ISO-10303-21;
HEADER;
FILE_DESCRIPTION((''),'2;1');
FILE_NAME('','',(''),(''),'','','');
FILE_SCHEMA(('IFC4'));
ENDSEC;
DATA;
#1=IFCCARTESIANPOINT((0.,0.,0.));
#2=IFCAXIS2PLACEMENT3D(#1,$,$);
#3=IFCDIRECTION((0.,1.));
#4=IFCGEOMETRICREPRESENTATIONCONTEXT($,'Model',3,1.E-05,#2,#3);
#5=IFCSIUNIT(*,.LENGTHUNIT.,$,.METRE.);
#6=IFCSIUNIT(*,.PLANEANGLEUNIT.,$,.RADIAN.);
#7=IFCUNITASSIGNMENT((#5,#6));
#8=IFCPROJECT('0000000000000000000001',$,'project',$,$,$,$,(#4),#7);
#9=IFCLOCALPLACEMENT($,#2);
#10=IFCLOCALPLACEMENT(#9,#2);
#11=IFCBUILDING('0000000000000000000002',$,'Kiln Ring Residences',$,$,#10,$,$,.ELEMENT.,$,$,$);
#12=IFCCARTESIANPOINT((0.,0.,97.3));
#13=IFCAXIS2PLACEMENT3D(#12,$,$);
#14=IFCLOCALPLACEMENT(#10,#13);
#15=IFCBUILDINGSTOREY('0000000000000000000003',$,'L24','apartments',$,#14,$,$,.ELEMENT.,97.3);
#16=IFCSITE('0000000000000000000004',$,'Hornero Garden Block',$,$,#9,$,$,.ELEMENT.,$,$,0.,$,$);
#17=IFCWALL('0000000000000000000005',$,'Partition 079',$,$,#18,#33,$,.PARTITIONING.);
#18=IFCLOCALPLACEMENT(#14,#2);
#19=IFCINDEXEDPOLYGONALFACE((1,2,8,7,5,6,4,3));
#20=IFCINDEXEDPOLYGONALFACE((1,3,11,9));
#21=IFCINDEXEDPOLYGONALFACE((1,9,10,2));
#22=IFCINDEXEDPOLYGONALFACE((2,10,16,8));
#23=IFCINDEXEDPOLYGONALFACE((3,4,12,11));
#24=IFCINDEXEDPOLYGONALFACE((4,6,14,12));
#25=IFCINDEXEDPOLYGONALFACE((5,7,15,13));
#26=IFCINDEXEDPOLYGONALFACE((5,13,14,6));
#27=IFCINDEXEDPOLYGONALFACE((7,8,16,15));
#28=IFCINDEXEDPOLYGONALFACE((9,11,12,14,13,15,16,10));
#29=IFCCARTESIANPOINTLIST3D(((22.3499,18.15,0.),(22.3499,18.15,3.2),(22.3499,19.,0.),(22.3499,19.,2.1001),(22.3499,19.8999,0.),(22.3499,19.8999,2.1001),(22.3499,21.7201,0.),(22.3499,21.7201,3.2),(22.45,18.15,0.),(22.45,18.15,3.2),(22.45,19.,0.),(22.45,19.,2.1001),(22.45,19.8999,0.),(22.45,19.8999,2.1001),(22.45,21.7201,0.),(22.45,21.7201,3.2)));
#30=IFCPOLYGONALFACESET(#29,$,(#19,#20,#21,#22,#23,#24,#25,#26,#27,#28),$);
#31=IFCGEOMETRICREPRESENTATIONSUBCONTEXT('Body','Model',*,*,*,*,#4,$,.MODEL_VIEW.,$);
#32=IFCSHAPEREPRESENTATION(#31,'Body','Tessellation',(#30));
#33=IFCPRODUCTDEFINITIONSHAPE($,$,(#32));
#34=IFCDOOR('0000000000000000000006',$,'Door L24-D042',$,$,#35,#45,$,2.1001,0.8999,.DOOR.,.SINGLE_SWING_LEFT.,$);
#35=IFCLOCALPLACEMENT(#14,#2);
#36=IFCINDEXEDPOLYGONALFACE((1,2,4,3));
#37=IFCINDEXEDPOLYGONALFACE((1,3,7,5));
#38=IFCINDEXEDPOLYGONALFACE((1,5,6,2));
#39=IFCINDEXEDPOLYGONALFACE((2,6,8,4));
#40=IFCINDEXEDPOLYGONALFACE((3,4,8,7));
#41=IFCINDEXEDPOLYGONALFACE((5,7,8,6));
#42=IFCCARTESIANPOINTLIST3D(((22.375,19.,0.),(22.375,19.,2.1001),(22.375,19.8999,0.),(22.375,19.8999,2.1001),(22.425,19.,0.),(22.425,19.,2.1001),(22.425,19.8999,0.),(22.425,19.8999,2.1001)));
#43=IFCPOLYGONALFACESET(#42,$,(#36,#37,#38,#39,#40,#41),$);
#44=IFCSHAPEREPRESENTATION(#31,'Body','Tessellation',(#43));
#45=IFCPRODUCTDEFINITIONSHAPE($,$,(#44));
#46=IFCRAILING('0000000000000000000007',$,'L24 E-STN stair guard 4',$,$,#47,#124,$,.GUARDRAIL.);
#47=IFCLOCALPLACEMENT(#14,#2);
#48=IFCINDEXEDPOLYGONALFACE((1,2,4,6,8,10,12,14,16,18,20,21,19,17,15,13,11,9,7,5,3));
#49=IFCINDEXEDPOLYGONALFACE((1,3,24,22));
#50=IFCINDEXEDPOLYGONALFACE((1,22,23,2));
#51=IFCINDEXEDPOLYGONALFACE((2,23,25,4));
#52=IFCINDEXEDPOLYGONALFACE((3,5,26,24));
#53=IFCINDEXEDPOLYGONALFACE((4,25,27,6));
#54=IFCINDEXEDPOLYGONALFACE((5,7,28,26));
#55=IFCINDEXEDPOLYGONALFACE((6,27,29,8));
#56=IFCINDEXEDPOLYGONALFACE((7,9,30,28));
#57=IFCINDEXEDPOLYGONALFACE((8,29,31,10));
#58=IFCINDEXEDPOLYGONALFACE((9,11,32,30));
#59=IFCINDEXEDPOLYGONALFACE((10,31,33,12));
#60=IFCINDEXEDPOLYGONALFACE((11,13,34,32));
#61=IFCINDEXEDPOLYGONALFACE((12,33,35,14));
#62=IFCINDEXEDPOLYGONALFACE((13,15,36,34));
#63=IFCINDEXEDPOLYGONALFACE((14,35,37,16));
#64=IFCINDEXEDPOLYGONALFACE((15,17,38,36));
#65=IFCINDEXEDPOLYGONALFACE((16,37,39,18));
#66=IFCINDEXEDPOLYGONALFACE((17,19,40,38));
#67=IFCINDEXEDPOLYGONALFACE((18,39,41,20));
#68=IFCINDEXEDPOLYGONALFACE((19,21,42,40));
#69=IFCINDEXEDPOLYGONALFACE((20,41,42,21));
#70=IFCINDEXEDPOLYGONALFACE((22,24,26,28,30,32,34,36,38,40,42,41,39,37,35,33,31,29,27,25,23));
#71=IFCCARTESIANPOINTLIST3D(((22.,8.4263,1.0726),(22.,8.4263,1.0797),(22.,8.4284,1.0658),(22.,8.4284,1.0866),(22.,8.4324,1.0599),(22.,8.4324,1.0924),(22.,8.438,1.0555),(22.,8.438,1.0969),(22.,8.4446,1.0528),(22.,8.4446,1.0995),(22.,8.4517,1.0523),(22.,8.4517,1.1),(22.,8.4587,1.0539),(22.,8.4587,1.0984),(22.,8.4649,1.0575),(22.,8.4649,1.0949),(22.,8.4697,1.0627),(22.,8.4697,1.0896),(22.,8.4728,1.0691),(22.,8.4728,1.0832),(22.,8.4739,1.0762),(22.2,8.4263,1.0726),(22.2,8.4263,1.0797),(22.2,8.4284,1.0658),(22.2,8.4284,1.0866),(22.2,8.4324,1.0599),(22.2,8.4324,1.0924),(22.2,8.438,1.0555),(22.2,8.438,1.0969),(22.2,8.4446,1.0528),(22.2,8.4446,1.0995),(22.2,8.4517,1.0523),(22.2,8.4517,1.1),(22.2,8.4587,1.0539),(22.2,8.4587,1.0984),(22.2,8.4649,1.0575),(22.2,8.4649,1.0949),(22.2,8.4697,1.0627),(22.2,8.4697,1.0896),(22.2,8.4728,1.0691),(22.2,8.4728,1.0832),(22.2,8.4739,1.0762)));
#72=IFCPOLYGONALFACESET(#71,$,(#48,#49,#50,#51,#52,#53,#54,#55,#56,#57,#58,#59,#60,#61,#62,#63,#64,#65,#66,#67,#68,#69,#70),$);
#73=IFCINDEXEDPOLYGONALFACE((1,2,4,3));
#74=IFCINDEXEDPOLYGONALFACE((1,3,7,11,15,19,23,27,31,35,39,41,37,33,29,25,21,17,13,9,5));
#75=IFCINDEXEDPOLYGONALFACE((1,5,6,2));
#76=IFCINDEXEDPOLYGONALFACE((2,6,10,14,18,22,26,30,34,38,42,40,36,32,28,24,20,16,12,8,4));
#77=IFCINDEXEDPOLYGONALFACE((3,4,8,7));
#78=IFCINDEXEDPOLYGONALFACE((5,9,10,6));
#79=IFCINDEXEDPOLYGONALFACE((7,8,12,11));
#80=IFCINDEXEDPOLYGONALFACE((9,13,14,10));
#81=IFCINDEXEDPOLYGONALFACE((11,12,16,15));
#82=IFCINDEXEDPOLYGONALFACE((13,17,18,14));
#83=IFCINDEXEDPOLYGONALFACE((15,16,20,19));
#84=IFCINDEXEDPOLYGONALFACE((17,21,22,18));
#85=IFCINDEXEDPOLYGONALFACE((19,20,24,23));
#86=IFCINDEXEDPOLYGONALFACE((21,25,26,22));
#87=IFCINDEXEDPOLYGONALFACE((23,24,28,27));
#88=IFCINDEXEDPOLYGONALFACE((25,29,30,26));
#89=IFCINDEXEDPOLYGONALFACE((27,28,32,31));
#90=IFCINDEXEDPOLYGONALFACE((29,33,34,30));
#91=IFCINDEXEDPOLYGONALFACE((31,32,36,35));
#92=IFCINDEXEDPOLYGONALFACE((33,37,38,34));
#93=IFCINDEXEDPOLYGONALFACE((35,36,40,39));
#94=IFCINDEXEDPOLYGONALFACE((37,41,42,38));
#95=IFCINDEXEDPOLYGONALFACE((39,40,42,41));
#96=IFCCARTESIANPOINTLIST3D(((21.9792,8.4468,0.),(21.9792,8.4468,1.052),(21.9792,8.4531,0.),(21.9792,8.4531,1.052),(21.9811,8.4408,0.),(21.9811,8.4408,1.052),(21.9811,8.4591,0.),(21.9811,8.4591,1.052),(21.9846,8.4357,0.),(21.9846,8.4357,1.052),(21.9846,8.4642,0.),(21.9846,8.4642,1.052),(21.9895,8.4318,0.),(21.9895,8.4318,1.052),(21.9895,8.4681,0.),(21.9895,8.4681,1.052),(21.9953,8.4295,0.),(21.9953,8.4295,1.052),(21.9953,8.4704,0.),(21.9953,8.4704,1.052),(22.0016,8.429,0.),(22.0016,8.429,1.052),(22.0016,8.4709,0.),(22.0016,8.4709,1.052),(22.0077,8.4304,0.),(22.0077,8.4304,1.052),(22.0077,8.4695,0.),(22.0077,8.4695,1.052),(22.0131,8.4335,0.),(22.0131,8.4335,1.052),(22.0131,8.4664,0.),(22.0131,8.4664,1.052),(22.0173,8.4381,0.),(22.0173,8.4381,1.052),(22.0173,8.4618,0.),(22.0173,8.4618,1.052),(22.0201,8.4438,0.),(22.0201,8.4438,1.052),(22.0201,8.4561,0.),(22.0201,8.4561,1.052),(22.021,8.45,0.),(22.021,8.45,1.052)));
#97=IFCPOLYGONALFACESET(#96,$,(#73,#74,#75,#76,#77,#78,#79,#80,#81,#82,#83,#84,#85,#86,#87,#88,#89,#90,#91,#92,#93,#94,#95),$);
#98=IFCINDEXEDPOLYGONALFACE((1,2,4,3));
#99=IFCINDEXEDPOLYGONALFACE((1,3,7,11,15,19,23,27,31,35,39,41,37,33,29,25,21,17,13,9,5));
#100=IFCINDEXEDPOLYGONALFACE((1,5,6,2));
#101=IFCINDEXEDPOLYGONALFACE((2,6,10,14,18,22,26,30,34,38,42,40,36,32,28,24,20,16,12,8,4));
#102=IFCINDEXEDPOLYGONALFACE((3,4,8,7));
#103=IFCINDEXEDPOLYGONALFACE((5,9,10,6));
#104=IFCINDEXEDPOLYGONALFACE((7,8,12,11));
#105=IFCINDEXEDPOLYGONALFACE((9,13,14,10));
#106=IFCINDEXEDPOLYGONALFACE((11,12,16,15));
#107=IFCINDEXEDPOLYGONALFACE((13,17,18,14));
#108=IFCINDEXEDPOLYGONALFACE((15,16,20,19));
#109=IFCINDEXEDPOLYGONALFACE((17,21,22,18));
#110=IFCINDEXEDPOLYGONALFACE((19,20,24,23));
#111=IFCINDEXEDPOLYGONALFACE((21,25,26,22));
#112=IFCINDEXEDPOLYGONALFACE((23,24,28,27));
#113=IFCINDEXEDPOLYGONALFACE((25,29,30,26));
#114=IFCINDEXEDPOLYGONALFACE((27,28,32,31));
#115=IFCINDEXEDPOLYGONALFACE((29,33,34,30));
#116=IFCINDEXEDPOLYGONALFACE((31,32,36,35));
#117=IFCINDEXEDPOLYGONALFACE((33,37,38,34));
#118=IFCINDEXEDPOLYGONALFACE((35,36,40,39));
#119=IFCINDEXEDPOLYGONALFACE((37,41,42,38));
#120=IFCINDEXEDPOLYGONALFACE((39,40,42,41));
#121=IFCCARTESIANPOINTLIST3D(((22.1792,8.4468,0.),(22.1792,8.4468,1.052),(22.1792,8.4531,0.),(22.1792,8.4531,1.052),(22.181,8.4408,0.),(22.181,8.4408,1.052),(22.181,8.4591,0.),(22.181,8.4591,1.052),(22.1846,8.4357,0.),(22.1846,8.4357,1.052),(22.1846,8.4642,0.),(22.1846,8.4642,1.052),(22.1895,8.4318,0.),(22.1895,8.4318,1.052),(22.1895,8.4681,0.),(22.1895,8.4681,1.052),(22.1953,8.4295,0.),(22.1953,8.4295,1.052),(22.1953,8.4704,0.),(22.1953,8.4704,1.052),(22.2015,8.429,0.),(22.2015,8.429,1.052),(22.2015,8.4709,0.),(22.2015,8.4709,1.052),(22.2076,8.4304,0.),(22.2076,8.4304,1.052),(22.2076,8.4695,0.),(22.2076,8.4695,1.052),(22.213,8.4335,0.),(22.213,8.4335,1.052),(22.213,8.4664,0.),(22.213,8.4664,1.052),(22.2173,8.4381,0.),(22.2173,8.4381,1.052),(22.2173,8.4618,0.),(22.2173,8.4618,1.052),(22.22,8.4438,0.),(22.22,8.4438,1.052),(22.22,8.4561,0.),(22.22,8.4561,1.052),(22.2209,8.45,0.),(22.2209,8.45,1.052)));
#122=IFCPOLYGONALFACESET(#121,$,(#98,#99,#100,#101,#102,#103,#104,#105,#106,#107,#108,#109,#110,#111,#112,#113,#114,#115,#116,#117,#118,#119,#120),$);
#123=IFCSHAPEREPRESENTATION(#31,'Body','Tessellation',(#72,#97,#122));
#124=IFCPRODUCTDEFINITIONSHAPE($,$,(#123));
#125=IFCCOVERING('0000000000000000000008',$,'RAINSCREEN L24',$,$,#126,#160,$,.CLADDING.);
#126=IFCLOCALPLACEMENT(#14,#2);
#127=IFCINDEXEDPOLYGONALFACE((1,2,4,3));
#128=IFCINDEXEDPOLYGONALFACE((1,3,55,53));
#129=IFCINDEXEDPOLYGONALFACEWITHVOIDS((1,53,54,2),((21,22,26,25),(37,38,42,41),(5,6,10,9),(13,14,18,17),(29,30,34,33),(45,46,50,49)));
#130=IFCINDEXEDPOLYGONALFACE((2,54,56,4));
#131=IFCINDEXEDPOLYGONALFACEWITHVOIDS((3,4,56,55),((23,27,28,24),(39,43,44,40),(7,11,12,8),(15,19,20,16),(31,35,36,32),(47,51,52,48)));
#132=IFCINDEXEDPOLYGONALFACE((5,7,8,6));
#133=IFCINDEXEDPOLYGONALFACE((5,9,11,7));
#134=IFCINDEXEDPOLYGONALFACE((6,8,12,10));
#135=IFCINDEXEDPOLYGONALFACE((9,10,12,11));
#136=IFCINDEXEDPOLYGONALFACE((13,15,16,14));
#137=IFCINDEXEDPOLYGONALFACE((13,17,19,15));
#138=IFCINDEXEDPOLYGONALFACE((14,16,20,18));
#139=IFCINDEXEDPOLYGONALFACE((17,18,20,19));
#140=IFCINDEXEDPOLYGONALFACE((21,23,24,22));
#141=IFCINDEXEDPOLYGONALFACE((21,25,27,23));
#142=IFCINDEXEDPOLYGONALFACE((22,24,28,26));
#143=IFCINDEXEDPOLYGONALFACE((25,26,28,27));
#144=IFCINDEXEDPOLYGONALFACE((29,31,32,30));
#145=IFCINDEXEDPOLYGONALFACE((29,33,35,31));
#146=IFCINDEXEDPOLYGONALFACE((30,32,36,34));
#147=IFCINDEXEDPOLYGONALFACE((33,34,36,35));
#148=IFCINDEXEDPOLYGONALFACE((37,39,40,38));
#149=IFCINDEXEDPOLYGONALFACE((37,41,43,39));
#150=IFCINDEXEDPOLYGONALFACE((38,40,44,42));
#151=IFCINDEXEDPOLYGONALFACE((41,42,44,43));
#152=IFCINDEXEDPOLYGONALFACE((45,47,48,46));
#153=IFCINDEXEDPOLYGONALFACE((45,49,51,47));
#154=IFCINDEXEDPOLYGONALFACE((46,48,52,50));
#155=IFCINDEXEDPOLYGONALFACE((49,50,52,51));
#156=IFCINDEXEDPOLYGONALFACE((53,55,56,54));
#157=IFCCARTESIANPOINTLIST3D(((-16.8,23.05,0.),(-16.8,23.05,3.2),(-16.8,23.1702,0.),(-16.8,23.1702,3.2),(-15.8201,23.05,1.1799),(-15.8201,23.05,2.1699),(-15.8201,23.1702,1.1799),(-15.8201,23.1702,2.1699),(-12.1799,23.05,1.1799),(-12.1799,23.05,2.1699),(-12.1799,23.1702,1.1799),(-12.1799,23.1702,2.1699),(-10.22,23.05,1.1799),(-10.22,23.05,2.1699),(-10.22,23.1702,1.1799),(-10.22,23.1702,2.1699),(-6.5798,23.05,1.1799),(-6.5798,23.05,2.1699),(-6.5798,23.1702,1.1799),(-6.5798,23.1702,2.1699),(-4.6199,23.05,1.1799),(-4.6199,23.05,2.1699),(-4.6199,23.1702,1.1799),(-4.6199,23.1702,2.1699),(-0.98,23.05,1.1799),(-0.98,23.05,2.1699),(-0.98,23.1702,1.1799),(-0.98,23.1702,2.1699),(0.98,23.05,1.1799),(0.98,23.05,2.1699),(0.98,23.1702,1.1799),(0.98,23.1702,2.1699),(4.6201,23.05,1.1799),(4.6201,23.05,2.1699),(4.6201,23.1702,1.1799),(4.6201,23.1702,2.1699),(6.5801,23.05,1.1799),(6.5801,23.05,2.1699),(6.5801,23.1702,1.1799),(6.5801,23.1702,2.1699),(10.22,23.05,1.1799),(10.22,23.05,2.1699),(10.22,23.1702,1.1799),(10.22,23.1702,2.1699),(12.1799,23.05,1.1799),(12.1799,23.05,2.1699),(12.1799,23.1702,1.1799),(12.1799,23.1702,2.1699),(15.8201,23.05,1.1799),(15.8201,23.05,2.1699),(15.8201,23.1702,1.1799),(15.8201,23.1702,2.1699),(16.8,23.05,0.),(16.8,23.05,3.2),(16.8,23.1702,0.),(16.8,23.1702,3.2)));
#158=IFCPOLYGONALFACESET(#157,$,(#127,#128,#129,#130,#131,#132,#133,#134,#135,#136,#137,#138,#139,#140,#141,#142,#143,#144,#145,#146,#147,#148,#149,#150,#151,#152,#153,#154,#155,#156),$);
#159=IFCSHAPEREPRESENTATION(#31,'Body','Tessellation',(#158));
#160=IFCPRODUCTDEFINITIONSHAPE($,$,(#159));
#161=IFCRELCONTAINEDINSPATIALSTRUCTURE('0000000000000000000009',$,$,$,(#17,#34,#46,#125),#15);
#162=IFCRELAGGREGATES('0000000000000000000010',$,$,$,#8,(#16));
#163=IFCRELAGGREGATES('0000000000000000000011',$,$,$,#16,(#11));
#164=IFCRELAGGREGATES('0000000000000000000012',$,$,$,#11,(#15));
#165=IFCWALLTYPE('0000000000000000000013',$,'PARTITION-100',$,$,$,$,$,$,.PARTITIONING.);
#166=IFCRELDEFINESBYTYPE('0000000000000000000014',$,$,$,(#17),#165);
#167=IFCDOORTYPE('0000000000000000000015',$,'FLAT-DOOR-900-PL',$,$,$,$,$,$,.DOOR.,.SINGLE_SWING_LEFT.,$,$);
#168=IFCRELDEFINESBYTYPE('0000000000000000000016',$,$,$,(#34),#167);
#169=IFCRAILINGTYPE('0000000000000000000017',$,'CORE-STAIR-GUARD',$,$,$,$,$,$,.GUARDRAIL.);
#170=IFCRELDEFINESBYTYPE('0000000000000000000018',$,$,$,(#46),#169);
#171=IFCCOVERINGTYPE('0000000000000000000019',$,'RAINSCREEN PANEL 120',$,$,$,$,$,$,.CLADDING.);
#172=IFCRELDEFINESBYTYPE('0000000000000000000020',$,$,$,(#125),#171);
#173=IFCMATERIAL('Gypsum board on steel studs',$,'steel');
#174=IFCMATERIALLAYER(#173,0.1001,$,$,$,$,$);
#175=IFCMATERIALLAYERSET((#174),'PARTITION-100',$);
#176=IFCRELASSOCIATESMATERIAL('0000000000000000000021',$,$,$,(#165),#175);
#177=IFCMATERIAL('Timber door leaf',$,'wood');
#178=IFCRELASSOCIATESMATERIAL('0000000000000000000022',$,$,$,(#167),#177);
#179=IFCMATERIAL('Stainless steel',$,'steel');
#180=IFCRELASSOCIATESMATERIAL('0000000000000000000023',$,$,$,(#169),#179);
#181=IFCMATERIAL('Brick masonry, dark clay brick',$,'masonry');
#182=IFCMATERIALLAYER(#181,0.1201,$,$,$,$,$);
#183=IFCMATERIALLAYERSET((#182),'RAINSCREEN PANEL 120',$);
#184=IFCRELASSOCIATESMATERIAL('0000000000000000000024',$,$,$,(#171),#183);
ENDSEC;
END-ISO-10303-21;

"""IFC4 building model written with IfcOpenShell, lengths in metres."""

from ifc_helpers import new_model, si_unit, direction, frame, frame_2d, origin, origin_2d, place, context, subcontext, project, spatial, polyline, rectangle, circle, outline, extrude, material, layer, layer_set, type_object, element, fill, save


model = new_model("IFC4")

# Units and contexts
model_context = context("Model", 3, precision=1e-05, world=origin(), true_north=direction((0.0, 1.0)))
body_context = subcontext(model_context, "Body", "Model", "MODEL_VIEW")
ifc_project = project(units=[si_unit("LENGTHUNIT", "METRE"), si_unit("PLANEANGLEUNIT", "RADIAN")], contexts=[model_context])

# Site, building, storey
site_placement = place(None, origin())
site = spatial("IfcSite", under=ifc_project, at=site_placement, Name="Hornero Garden Block", CompositionType="ELEMENT", RefElevation=0.0)
building_placement = place(site_placement, origin())
building = spatial("IfcBuilding", under=site, at=building_placement, Name="Kiln Ring Residences", CompositionType="ELEMENT")
storey_placement = place(building_placement, frame((0.0, 0.0, 97.3)))
storey = spatial("IfcBuildingStorey", under=building, at=storey_placement, Name="L24", Description="apartments", CompositionType="ELEMENT", Elevation=97.3)

# Shared definitions
ifc_material_1 = material(Name="Gypsum board on steel studs", Category="steel")
ifc_layer_1 = layer(ifc_material_1, 0.1001)
ifc_layer_set_1 = layer_set([ifc_layer_1], Name="PARTITION-100")
wall_type_1 = type_object("IfcWallType", Name="PARTITION-100", PredefinedType="PARTITIONING", material=ifc_layer_set_1)

# Wall, opening, door
wall_1_placement = place(storey_placement, frame((22.3999, 18.1499, 0.0), z_axis=(0.0, 0.0, 1.0), x_axis=(0.0, 1.0, 0.0)))
wall_1 = element("IfcWall", 1, at=wall_1_placement, inside=storey, type_object=wall_type_1, Name="Partition 079", PredefinedType="PARTITIONING", context=body_context, shape_type="SweptSolid", body=[
    extrude(rectangle(XDim=3.5701, YDim=0.1001, at=frame_2d((1.7852, 0.0))), origin(), (0.0, 0.0, 1.0), 3.2),
])
opening_1_placement = place(wall_1_placement, frame((0.8501, 0.0, 0.0)))
opening_1 = element("IfcOpeningElement", 2, at=opening_1_placement, cuts=wall_1, PredefinedType="OPENING", context=body_context, shape_type="SweptSolid", body=[
    extrude(rectangle(XDim=0.8999, YDim=2.1001, at=frame_2d((0.45, 1.05))), frame((0.0, 0.0601, 0.0), z_axis=(0.0, -1.0, 0.0), x_axis=(1.0, 0.0, 0.0)), (0.0, 0.0, 1.0), 0.1201),
])
ifc_material_2 = material(Name="Timber door leaf", Category="wood")
door_type_1 = type_object("IfcDoorType", Name="FLAT-DOOR-900-PL", OperationType="SINGLE_SWING_LEFT", PredefinedType="DOOR", material=ifc_material_2)
door_1_placement = place(opening_1_placement, origin())
door_1 = element("IfcDoor", 3, at=door_1_placement, inside=storey, type_object=door_type_1, Name="Door L24-D042", OperationType="SINGLE_SWING_LEFT", OverallHeight=2.1001, OverallWidth=0.8999, PredefinedType="DOOR", context=body_context, shape_type="SweptSolid", body=[
    extrude(rectangle(XDim=0.8999, YDim=2.1001, at=frame_2d((0.45, 1.05))), frame((0.0, 0.0249, 0.0), z_axis=(0.0, -1.0, 0.0), x_axis=(1.0, 0.0, 0.0)), (0.0, 0.0, 1.0), 0.05),
])
fill(opening_1, door_1)

# Railing
ifc_material_3 = material(Name="Stainless steel", Category="steel")
railing_type = type_object("IfcRailingType", Name="CORE-STAIR-GUARD", PredefinedType="GUARDRAIL", material=ifc_material_3)
railing_placement = place(storey_placement, frame((22.0, 8.45, 0.0)))
element("IfcRailing", 4, at=railing_placement, inside=storey, type_object=railing_type, Name="L24 E-STN stair guard 4", PredefinedType="GUARDRAIL", context=body_context, shape_type="SweptSolid", body=[
    extrude(circle(Radius=0.0239, at=origin_2d()), frame((0.0, 0.0, 1.0762), z_axis=(1.0, 0.0, 0.0), x_axis=(0.0, 1.0, 0.0)), (0.0, 0.0, 1.0), 0.2),
    extrude(circle(Radius=0.021, at=origin_2d()), origin(), (0.0, 0.0, 1.0), 1.052),
    extrude(circle(Radius=0.021, at=origin_2d()), frame((0.2, 0.0, 0.0)), (0.0, 0.0, 1.0), 1.052),
])

# Covering
ifc_material_4 = material(Name="Brick masonry, dark clay brick", Category="masonry")
ifc_layer_2 = layer(ifc_material_4, 0.1201)
ifc_layer_set_2 = layer_set([ifc_layer_2], Name="RAINSCREEN PANEL 120")
covering_type = type_object("IfcCoveringType", Name="RAINSCREEN PANEL 120", PredefinedType="CLADDING", material=ifc_layer_set_2)
covering_placement = place(storey_placement, frame((16.8, 23.1101, 0.0), z_axis=(0.0, 0.0, 1.0), x_axis=(-1.0, 0.0, 0.0)))
element("IfcCovering", 5, at=covering_placement, inside=storey, type_object=covering_type, Name="RAINSCREEN L24", PredefinedType="CLADDING", context=body_context, shape_type="SweptSolid", body=[
    extrude(outline(polyline([(0.0, 0.0), (33.6001, 0.0), (33.6001, 3.2), (0.0, 3.2), (0.0, 0.0)]), holes=[polyline([(4.6201, 1.1799), (4.6201, 2.1699), (0.98, 2.1699), (0.98, 1.1799), (4.6201, 1.1799)]), polyline([(6.5801, 1.1799), (10.22, 1.1799), (10.22, 2.1699), (6.5801, 2.1699), (6.5801, 1.1799)]), polyline([(12.1799, 1.1799), (15.8201, 1.1799), (15.8201, 2.1699), (12.1799, 2.1699), (12.1799, 1.1799)]), polyline([(21.4199, 1.1799), (21.4199, 2.1699), (17.78, 2.1699), (17.78, 1.1799), (21.4199, 1.1799)]), polyline([(23.3799, 1.1799), (27.02, 1.1799), (27.02, 2.1699), (23.3799, 2.1699), (23.3799, 1.1799)]), polyline([(28.98, 1.1799), (32.6201, 1.1799), (32.6201, 2.1699), (28.98, 2.1699), (28.98, 1.1799)])]), frame((0.0, 0.0601, 0.0), z_axis=(0.0, -1.0, 0.0), x_axis=(1.0, 0.0, 0.0)), (0.0, 0.0, 1.0), 0.1201),
])

save(model, "model.ifc")
